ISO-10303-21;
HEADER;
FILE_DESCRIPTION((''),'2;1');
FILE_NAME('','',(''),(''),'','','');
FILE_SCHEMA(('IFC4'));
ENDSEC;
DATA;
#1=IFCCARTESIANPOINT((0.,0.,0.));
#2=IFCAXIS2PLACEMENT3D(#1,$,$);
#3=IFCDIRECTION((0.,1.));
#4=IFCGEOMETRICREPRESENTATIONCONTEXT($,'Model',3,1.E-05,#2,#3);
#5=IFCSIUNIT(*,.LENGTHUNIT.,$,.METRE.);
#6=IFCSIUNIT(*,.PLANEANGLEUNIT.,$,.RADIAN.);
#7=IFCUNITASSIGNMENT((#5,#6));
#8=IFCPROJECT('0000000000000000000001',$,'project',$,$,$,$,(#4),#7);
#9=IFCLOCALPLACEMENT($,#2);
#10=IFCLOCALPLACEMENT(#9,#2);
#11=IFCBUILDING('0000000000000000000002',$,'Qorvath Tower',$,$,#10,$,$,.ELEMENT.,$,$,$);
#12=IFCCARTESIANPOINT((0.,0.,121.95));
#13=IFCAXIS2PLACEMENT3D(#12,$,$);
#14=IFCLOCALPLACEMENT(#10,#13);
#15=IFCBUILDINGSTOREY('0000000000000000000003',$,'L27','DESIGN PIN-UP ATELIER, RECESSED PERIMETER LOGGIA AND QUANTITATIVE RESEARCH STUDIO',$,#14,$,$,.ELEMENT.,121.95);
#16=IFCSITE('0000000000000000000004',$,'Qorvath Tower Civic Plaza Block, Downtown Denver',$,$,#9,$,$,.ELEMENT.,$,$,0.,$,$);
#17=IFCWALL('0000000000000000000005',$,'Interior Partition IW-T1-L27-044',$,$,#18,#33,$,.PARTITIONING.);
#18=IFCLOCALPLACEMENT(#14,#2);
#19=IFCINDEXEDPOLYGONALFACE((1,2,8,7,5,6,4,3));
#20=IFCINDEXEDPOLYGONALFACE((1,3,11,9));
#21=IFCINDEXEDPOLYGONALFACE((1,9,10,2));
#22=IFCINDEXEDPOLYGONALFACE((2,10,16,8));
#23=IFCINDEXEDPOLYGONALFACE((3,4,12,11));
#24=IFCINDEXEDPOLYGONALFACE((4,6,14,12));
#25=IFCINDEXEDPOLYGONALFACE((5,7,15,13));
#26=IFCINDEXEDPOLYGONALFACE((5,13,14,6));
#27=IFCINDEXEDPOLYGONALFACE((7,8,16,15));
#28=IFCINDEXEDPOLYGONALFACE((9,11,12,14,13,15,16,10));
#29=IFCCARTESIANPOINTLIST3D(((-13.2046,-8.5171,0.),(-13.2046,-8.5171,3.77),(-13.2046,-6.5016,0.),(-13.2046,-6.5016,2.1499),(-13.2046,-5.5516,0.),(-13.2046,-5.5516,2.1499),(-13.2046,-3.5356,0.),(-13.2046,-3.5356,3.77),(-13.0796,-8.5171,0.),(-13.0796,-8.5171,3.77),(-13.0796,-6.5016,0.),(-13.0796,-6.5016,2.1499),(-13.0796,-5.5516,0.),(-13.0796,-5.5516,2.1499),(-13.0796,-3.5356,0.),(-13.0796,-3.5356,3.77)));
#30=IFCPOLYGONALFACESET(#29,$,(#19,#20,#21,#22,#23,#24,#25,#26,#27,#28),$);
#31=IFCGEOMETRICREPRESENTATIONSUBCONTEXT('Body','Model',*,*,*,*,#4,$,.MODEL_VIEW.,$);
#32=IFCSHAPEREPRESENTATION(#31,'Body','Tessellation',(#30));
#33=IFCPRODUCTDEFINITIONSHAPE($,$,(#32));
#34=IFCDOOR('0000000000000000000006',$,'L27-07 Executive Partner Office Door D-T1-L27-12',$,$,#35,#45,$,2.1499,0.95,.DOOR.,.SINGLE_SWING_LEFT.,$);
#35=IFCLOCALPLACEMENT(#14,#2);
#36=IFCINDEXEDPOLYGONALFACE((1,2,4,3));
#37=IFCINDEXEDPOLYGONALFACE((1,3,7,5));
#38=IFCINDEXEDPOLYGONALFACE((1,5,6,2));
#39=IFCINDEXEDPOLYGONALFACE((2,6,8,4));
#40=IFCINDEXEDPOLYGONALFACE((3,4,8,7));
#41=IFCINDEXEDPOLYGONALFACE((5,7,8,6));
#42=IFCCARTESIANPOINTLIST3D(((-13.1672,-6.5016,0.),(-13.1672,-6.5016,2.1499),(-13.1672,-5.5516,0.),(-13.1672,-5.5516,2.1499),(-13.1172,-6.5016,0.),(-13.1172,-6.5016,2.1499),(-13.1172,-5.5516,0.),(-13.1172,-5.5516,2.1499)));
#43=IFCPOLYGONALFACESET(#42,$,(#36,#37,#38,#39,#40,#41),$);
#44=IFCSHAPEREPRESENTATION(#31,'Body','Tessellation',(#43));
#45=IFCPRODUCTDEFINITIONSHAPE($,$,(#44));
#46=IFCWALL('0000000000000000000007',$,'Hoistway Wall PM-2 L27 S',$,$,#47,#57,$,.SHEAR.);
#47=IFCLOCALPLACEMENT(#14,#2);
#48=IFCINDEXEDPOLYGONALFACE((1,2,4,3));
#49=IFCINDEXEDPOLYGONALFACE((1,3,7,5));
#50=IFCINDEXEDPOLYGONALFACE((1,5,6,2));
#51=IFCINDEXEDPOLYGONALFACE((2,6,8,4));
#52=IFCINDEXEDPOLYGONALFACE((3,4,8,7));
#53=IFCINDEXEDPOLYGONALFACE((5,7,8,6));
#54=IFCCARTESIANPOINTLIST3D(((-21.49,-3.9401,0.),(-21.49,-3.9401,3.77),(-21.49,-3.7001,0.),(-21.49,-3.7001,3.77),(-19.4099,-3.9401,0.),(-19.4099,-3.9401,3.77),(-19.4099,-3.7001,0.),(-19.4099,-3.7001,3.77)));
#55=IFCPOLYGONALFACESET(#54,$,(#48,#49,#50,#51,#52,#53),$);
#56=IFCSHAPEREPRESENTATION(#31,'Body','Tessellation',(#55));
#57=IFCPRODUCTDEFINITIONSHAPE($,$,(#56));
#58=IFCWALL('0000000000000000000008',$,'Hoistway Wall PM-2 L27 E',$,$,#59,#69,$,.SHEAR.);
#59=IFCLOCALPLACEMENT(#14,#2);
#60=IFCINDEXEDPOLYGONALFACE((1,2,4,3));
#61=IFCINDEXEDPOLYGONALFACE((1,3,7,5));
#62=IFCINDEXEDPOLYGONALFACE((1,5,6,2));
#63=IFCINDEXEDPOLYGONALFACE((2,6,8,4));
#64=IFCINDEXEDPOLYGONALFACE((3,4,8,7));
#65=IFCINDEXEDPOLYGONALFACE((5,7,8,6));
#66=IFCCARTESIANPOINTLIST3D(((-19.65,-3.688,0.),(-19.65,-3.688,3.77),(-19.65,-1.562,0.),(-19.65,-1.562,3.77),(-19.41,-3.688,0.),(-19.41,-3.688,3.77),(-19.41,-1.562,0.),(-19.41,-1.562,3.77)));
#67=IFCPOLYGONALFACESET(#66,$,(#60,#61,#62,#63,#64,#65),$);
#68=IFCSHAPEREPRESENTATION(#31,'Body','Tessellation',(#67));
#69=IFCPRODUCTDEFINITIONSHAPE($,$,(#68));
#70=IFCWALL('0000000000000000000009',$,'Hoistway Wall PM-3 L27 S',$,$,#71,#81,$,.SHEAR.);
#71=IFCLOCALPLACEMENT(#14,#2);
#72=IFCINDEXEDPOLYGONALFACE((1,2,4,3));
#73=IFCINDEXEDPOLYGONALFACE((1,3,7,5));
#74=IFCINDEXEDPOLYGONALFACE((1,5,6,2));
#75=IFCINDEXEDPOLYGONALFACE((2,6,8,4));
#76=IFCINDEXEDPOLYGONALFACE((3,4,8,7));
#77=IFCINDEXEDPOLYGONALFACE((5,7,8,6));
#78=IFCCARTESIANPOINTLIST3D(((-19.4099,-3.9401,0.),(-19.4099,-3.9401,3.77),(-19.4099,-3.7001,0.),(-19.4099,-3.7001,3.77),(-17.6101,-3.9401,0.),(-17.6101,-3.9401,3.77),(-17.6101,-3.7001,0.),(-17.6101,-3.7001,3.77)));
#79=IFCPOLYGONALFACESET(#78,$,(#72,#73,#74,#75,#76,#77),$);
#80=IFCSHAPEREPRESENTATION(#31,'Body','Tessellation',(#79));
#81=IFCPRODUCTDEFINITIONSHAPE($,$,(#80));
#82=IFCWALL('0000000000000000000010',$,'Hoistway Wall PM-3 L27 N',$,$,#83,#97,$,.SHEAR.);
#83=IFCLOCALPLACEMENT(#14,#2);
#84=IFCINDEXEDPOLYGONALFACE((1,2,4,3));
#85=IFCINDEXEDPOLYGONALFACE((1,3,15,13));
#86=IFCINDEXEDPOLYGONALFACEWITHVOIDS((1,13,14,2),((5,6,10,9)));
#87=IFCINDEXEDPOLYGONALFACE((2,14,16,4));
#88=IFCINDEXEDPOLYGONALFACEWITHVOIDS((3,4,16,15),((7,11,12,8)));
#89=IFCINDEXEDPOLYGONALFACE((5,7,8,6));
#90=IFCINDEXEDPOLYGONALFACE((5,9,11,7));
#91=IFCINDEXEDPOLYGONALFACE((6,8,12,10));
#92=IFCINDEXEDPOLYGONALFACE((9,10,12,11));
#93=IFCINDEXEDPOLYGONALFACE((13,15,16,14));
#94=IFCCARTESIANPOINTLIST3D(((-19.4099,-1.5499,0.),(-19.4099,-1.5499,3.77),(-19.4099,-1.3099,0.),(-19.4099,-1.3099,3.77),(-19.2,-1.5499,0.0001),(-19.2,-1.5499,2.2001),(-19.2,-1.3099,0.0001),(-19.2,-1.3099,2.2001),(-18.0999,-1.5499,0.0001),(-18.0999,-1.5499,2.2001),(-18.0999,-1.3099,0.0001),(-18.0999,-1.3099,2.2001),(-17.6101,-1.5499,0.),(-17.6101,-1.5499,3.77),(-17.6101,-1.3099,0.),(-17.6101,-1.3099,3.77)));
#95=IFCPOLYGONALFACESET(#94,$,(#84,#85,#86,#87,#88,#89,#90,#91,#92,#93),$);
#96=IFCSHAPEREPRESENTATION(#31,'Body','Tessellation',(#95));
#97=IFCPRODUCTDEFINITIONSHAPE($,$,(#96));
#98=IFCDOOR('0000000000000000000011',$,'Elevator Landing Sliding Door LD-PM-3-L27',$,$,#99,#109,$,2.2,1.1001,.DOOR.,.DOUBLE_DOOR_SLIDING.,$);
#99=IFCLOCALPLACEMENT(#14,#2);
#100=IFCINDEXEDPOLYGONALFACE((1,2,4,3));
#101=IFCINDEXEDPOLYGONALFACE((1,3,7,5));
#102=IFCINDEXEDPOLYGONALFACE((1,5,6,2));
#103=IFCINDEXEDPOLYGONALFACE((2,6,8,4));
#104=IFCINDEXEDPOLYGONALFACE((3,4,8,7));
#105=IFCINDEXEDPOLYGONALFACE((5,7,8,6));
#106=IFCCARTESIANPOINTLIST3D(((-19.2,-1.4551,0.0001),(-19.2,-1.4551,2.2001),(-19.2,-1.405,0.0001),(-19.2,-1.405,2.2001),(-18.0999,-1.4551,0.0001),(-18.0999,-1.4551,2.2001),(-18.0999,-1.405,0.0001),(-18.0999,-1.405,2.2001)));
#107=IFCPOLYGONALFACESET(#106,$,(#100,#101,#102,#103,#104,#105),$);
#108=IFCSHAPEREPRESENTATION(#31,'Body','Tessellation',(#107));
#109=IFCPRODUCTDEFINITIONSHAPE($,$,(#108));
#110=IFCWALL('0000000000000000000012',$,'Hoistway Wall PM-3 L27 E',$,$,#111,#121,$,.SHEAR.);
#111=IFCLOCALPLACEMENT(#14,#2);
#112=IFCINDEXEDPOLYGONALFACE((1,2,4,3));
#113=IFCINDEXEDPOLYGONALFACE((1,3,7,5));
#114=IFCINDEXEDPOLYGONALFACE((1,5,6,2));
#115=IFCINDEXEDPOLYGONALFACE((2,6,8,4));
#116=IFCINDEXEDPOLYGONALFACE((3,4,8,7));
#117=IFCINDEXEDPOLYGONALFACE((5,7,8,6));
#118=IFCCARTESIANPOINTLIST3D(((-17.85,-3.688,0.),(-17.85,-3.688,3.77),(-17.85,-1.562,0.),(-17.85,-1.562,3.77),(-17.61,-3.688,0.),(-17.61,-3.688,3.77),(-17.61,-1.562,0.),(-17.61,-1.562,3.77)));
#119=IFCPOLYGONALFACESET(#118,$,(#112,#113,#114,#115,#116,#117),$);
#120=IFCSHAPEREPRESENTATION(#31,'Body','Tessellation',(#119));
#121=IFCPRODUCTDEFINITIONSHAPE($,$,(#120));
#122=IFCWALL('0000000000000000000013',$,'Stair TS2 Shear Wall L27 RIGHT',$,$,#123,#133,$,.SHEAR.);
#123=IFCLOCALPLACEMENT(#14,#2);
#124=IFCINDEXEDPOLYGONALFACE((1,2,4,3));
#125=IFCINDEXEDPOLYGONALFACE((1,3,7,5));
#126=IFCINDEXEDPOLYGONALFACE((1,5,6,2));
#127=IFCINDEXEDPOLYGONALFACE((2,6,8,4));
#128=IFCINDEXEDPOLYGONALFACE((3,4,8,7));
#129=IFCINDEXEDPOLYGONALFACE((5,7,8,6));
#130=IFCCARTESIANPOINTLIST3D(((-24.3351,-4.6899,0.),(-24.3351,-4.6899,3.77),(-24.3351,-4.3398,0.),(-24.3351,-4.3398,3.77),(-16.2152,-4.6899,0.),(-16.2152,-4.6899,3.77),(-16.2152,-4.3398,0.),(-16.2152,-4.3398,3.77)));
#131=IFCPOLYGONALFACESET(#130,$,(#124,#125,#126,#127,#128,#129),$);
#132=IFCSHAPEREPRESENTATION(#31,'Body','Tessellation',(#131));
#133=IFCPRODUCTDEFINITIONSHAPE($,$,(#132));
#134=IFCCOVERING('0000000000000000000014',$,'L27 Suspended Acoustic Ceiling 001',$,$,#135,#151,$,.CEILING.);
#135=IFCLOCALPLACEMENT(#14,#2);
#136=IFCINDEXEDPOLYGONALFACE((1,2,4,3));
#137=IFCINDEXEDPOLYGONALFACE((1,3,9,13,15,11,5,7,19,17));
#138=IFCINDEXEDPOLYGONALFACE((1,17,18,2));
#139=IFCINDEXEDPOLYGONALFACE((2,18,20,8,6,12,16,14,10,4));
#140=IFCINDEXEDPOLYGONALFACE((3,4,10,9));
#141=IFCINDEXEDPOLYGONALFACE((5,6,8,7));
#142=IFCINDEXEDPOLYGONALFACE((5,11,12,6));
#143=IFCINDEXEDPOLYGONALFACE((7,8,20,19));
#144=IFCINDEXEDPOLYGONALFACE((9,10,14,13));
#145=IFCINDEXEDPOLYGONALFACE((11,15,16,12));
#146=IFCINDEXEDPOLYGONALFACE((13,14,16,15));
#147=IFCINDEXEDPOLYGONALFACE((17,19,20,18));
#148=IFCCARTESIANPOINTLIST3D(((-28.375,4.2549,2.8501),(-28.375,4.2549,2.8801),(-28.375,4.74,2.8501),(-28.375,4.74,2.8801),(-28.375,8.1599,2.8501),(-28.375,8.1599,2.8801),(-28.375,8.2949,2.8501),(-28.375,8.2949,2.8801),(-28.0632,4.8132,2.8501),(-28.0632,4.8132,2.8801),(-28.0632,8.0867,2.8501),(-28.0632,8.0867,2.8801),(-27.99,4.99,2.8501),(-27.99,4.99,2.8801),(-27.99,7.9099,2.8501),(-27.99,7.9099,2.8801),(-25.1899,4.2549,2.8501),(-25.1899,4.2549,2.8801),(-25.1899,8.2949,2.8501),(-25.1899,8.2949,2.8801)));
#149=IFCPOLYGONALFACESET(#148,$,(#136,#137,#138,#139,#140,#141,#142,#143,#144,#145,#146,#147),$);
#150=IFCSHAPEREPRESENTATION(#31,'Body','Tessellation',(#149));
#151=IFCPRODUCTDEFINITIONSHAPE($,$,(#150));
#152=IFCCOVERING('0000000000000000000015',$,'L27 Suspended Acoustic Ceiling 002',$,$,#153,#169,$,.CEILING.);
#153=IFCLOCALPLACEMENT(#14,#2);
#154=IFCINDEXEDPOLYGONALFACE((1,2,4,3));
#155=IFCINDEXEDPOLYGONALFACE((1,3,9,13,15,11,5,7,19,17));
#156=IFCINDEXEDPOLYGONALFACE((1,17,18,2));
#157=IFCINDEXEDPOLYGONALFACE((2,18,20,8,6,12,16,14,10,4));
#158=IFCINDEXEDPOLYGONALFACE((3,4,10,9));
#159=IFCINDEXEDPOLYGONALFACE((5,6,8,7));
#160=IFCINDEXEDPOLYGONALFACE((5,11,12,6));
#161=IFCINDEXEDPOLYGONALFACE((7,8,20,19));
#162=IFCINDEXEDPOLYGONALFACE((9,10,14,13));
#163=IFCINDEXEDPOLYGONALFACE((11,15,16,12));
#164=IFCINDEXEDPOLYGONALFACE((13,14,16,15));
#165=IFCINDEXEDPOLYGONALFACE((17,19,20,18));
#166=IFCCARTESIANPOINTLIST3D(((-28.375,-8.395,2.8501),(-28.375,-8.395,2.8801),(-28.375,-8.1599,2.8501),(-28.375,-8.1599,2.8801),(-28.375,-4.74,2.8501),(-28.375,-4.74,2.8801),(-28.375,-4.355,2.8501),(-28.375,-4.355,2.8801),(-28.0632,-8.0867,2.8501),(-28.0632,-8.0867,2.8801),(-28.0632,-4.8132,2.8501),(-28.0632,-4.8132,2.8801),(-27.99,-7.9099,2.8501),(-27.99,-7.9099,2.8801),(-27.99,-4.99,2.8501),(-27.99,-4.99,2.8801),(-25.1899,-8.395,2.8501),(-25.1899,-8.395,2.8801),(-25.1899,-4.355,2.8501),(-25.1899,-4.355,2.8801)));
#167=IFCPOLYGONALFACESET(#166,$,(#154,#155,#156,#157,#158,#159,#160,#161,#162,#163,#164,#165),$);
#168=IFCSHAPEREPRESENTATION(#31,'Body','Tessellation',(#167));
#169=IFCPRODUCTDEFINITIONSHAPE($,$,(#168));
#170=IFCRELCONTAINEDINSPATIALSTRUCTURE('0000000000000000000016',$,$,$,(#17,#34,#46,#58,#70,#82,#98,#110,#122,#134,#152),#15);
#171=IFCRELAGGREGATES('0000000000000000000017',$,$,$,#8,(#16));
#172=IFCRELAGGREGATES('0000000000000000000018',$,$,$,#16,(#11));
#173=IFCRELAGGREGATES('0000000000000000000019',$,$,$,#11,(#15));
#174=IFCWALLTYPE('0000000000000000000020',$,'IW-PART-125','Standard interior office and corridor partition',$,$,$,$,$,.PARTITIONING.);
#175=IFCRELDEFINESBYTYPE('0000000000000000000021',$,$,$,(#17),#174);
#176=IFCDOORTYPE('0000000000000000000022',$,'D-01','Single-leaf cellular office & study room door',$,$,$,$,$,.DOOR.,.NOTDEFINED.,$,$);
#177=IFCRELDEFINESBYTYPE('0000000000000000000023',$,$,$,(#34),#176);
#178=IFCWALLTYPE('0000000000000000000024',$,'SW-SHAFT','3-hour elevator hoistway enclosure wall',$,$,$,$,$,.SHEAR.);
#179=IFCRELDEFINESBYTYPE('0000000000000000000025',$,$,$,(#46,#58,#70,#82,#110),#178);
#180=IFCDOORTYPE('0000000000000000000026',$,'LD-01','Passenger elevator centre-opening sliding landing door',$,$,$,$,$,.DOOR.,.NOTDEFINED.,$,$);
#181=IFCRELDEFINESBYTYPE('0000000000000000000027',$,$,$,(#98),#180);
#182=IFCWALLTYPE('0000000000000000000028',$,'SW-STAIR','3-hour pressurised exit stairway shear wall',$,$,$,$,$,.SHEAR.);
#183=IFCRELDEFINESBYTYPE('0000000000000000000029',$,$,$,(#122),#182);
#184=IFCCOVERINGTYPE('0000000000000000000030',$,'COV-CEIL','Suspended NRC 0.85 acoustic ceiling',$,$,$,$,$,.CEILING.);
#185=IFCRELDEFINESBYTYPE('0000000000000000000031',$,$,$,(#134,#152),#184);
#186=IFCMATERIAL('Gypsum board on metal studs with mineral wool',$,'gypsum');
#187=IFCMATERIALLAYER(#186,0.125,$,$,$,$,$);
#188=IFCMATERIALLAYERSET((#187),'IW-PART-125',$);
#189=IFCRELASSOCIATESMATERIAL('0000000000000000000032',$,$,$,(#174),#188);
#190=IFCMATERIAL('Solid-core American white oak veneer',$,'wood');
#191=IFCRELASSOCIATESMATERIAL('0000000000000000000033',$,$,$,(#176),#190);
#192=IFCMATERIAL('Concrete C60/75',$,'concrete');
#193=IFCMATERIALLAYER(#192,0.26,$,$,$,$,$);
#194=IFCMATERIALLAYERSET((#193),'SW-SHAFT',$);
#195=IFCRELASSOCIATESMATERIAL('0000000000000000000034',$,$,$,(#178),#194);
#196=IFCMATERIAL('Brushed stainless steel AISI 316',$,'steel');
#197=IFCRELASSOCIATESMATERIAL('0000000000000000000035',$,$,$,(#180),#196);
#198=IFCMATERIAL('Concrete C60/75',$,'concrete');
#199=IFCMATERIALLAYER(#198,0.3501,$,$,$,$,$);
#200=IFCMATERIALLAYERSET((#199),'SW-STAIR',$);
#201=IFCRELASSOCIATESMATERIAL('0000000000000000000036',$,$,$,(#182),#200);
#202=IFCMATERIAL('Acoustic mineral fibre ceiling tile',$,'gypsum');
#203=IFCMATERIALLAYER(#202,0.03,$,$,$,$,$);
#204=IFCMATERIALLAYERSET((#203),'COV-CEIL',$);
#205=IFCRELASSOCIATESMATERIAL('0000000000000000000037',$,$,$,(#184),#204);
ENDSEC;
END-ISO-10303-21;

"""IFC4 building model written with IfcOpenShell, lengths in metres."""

from ifc_helpers import new_model, si_unit, direction, frame, frame_2d, origin, place, context, subcontext, project, spatial, polyline, rectangle, outline, extrude, material, layer, layer_set, type_object, element, fill, save


model = new_model("IFC4")

# Units and contexts
model_context = context("Model", 3, precision=1e-05, world=origin(), true_north=direction((0.0, 1.0)))
body_context = subcontext(model_context, "Body", "Model", "MODEL_VIEW")
ifc_project = project(units=[si_unit("LENGTHUNIT", "METRE"), si_unit("PLANEANGLEUNIT", "RADIAN")], contexts=[model_context])

# Site, building, storey
site_placement = place(None, origin())
site = spatial("IfcSite", under=ifc_project, at=site_placement, Name="Qorvath Tower Civic Plaza Block, Downtown Denver", CompositionType="ELEMENT", RefElevation=0.0)
building_placement = place(site_placement, origin())
building = spatial("IfcBuilding", under=site, at=building_placement, Name="Qorvath Tower", CompositionType="ELEMENT")
storey_placement = place(building_placement, frame((0.0, 0.0, 121.95)))
storey = spatial("IfcBuildingStorey", under=building, at=storey_placement, Name="L27", Description="DESIGN PIN-UP ATELIER, RECESSED PERIMETER LOGGIA AND QUANTITATIVE RESEARCH STUDIO", CompositionType="ELEMENT", Elevation=121.95)

# Wall, opening, door
ifc_material_1 = material(Name="Gypsum board on metal studs with mineral wool", Category="gypsum")
ifc_layer_1 = layer(ifc_material_1, 0.125)
ifc_layer_set_1 = layer_set([ifc_layer_1], Name="IW-PART-125")
wall_type_1 = type_object("IfcWallType", Name="IW-PART-125", Description="Standard interior office and corridor partition", PredefinedType="PARTITIONING", material=ifc_layer_set_1)
wall_1_placement = place(storey_placement, frame((-13.1421, -3.5356, 0.0), z_axis=(0.0, 0.0, 1.0), x_axis=(0.0, -1.0, 0.0)))
wall_1 = element("IfcWall", 1, at=wall_1_placement, inside=storey, type_object=wall_type_1, Name="Interior Partition IW-T1-L27-044", PredefinedType="PARTITIONING", context=body_context, shape_type="SweptSolid", body=[
    extrude(rectangle(XDim=4.9814, YDim=0.125, at=frame_2d((2.4907, 0.0))), origin(), (0.0, 0.0, 1.0), 3.77),
])
opening_1_placement = place(wall_1_placement, frame((2.0159, 0.0, 0.0)))
opening_1 = element("IfcOpeningElement", 2, at=opening_1_placement, cuts=wall_1, PredefinedType="OPENING", context=body_context, shape_type="SweptSolid", body=[
    extrude(rectangle(XDim=0.95, YDim=2.1499, at=frame_2d((0.4751, 1.075))), frame((0.0, 0.0725, 0.0), z_axis=(0.0, -1.0, 0.0), x_axis=(1.0, 0.0, 0.0)), (0.0, 0.0, 1.0), 0.145),
])
ifc_material_2 = material(Name="Solid-core American white oak veneer", Category="wood")
door_type_1 = type_object("IfcDoorType", Name="D-01", Description="Single-leaf cellular office & study room door", OperationType="NOTDEFINED", PredefinedType="DOOR", material=ifc_material_2)
door_1_placement = place(opening_1_placement, origin())
door_1 = element("IfcDoor", 3, at=door_1_placement, inside=storey, type_object=door_type_1, Name="L27-07 Executive Partner Office Door D-T1-L27-12", OperationType="SINGLE_SWING_LEFT", OverallHeight=2.1499, OverallWidth=0.95, PredefinedType="DOOR", context=body_context, shape_type="SweptSolid", body=[
    extrude(rectangle(XDim=0.95, YDim=2.1499, at=frame_2d((0.4751, 1.075))), frame((0.0, 0.0249, 0.0), z_axis=(0.0, -1.0, 0.0), x_axis=(1.0, 0.0, 0.0)), (0.0, 0.0, 1.0), 0.05),
])
fill(opening_1, door_1)

# Walls
ifc_material_3 = material(Name="Concrete C60/75", Category="concrete")
ifc_layer_2 = layer(ifc_material_3, 0.26)
ifc_layer_set_2 = layer_set([ifc_layer_2], Name="SW-SHAFT")
wall_type_2 = type_object("IfcWallType", Name="SW-SHAFT", Description="3-hour elevator hoistway enclosure wall", PredefinedType="SHEAR", material=ifc_layer_set_2)
wall_2_placement = place(storey_placement, frame((-19.4099, -3.8201, 0.0), z_axis=(0.0, 0.0, 1.0), x_axis=(-1.0, 0.0, 0.0)))
element("IfcWall", 4, at=wall_2_placement, inside=storey, type_object=wall_type_2, Name="Hoistway Wall PM-2 L27 S", PredefinedType="SHEAR", context=body_context, shape_type="SweptSolid", body=[
    extrude(rectangle(XDim=2.0801, YDim=0.24, at=frame_2d((1.04, 0.0))), origin(), (0.0, 0.0, 1.0), 3.77),
])
wall_3_placement = place(storey_placement, frame((-19.53, -1.562, 0.0), z_axis=(0.0, 0.0, 1.0), x_axis=(0.0, -1.0, 0.0)))
element("IfcWall", 5, at=wall_3_placement, inside=storey, type_object=wall_type_2, Name="Hoistway Wall PM-2 L27 E", PredefinedType="SHEAR", context=body_context, shape_type="SweptSolid", body=[
    extrude(rectangle(XDim=2.126, YDim=0.24, at=frame_2d((1.063, 0.0))), origin(), (0.0, 0.0, 1.0), 3.77),
])
wall_4_placement = place(storey_placement, frame((-17.6101, -3.8201, 0.0), z_axis=(0.0, 0.0, 1.0), x_axis=(-1.0, 0.0, 0.0)))
element("IfcWall", 6, at=wall_4_placement, inside=storey, type_object=wall_type_2, Name="Hoistway Wall PM-3 L27 S", PredefinedType="SHEAR", context=body_context, shape_type="SweptSolid", body=[
    extrude(rectangle(XDim=1.7998, YDim=0.24, at=frame_2d((0.8999, 0.0))), origin(), (0.0, 0.0, 1.0), 3.77),
])

# Wall, opening, door
wall_5_placement = place(storey_placement, frame((-19.4099, -1.4299, 0.0), z_axis=(0.0, 0.0, 1.0), x_axis=(1.0, 0.0, 0.0)))
wall_5 = element("IfcWall", 7, at=wall_5_placement, inside=storey, type_object=wall_type_2, Name="Hoistway Wall PM-3 L27 N", PredefinedType="SHEAR", context=body_context, shape_type="SweptSolid", body=[
    extrude(rectangle(XDim=1.7998, YDim=0.24, at=frame_2d((0.8999, 0.0))), origin(), (0.0, 0.0, 1.0), 3.77),
])
opening_2_placement = place(wall_5_placement, frame((0.21, 0.0, 0.0)))
opening_2 = element("IfcOpeningElement", 8, at=opening_2_placement, cuts=wall_5, PredefinedType="OPENING", context=body_context, shape_type="SweptSolid", body=[
    extrude(rectangle(XDim=1.1001, YDim=2.2, at=frame_2d((0.55, 1.1001))), frame((0.0, 0.1299, 0.0), z_axis=(0.0, -1.0, 0.0), x_axis=(1.0, 0.0, 0.0)), (0.0, 0.0, 1.0), 0.26),
])
ifc_material_4 = material(Name="Brushed stainless steel AISI 316", Category="steel")
door_type_2 = type_object("IfcDoorType", Name="LD-01", Description="Passenger elevator centre-opening sliding landing door", OperationType="NOTDEFINED", PredefinedType="DOOR", material=ifc_material_4)
door_2_placement = place(opening_2_placement, origin())
door_2 = element("IfcDoor", 9, at=door_2_placement, inside=storey, type_object=door_type_2, Name="Elevator Landing Sliding Door LD-PM-3-L27", OperationType="DOUBLE_DOOR_SLIDING", OverallHeight=2.2, OverallWidth=1.1001, PredefinedType="DOOR", context=body_context, shape_type="SweptSolid", body=[
    extrude(rectangle(XDim=1.1001, YDim=2.2, at=frame_2d((0.55, 1.1001))), frame((0.0, 0.0249, 0.0), z_axis=(0.0, -1.0, 0.0), x_axis=(1.0, 0.0, 0.0)), (0.0, 0.0, 1.0), 0.05),
])
fill(opening_2, door_2)

# Walls
wall_6_placement = place(storey_placement, frame((-17.73, -1.562, 0.0), z_axis=(0.0, 0.0, 1.0), x_axis=(0.0, -1.0, 0.0)))
element("IfcWall", 10, at=wall_6_placement, inside=storey, type_object=wall_type_2, Name="Hoistway Wall PM-3 L27 E", PredefinedType="SHEAR", context=body_context, shape_type="SweptSolid", body=[
    extrude(rectangle(XDim=2.126, YDim=0.24, at=frame_2d((1.063, 0.0))), origin(), (0.0, 0.0, 1.0), 3.77),
])
ifc_material_5 = material(Name="Concrete C60/75", Category="concrete")
ifc_layer_3 = layer(ifc_material_5, 0.3501)
ifc_layer_set_3 = layer_set([ifc_layer_3], Name="SW-STAIR")
wall_type_3 = type_object("IfcWallType", Name="SW-STAIR", Description="3-hour pressurised exit stairway shear wall", PredefinedType="SHEAR", material=ifc_layer_set_3)
wall_7_placement = place(storey_placement, frame((-16.2151, -4.5149, 0.0), z_axis=(0.0, 0.0, 1.0), x_axis=(-1.0, 0.0, 0.0)))
element("IfcWall", 11, at=wall_7_placement, inside=storey, type_object=wall_type_3, Name="Stair TS2 Shear Wall L27 RIGHT", PredefinedType="SHEAR", context=body_context, shape_type="SweptSolid", body=[
    extrude(rectangle(XDim=8.1199, YDim=0.3501, at=frame_2d((4.0601, 0.0))), origin(), (0.0, 0.0, 1.0), 3.77),
])

# Coverings
ifc_material_6 = material(Name="Acoustic mineral fibre ceiling tile", Category="gypsum")
ifc_layer_4 = layer(ifc_material_6, 0.03)
ifc_layer_set_4 = layer_set([ifc_layer_4], Name="COV-CEIL")
covering_type_1 = type_object("IfcCoveringType", Name="COV-CEIL", Description="Suspended NRC 0.85 acoustic ceiling", PredefinedType="CEILING", material=ifc_layer_set_4)
covering_1_placement = place(storey_placement, frame((0.0, 0.0, 2.8501)))
element("IfcCovering", 12, at=covering_1_placement, inside=storey, type_object=covering_type_1, Name="L27 Suspended Acoustic Ceiling 001", PredefinedType="CEILING", context=body_context, shape_type="SweptSolid", body=[
    extrude(outline(polyline([(-25.1899, 4.2549), (-25.1899, 8.2949), (-28.375, 8.2949), (-28.375, 8.1599), (-28.0632, 8.0867), (-27.99, 7.9099), (-27.99, 4.99), (-28.0632, 4.8132), (-28.375, 4.74), (-28.375, 4.2549), (-25.1899, 4.2549)])), origin(), (0.0, 0.0, 1.0), 0.03),
])
covering_2_placement = place(storey_placement, frame((0.0, 0.0, 2.8501)))
element("IfcCovering", 13, at=covering_2_placement, inside=storey, type_object=covering_type_1, Name="L27 Suspended Acoustic Ceiling 002", PredefinedType="CEILING", context=body_context, shape_type="SweptSolid", body=[
    extrude(outline(polyline([(-25.1899, -8.395), (-25.1899, -4.355), (-28.375, -4.355), (-28.375, -4.74), (-28.0632, -4.8132), (-27.99, -4.99), (-27.99, -7.9099), (-28.0632, -8.0867), (-28.375, -8.1599), (-28.375, -8.395), (-25.1899, -8.395)])), origin(), (0.0, 0.0, 1.0), 0.03),
])

save(model, "model.ifc")
